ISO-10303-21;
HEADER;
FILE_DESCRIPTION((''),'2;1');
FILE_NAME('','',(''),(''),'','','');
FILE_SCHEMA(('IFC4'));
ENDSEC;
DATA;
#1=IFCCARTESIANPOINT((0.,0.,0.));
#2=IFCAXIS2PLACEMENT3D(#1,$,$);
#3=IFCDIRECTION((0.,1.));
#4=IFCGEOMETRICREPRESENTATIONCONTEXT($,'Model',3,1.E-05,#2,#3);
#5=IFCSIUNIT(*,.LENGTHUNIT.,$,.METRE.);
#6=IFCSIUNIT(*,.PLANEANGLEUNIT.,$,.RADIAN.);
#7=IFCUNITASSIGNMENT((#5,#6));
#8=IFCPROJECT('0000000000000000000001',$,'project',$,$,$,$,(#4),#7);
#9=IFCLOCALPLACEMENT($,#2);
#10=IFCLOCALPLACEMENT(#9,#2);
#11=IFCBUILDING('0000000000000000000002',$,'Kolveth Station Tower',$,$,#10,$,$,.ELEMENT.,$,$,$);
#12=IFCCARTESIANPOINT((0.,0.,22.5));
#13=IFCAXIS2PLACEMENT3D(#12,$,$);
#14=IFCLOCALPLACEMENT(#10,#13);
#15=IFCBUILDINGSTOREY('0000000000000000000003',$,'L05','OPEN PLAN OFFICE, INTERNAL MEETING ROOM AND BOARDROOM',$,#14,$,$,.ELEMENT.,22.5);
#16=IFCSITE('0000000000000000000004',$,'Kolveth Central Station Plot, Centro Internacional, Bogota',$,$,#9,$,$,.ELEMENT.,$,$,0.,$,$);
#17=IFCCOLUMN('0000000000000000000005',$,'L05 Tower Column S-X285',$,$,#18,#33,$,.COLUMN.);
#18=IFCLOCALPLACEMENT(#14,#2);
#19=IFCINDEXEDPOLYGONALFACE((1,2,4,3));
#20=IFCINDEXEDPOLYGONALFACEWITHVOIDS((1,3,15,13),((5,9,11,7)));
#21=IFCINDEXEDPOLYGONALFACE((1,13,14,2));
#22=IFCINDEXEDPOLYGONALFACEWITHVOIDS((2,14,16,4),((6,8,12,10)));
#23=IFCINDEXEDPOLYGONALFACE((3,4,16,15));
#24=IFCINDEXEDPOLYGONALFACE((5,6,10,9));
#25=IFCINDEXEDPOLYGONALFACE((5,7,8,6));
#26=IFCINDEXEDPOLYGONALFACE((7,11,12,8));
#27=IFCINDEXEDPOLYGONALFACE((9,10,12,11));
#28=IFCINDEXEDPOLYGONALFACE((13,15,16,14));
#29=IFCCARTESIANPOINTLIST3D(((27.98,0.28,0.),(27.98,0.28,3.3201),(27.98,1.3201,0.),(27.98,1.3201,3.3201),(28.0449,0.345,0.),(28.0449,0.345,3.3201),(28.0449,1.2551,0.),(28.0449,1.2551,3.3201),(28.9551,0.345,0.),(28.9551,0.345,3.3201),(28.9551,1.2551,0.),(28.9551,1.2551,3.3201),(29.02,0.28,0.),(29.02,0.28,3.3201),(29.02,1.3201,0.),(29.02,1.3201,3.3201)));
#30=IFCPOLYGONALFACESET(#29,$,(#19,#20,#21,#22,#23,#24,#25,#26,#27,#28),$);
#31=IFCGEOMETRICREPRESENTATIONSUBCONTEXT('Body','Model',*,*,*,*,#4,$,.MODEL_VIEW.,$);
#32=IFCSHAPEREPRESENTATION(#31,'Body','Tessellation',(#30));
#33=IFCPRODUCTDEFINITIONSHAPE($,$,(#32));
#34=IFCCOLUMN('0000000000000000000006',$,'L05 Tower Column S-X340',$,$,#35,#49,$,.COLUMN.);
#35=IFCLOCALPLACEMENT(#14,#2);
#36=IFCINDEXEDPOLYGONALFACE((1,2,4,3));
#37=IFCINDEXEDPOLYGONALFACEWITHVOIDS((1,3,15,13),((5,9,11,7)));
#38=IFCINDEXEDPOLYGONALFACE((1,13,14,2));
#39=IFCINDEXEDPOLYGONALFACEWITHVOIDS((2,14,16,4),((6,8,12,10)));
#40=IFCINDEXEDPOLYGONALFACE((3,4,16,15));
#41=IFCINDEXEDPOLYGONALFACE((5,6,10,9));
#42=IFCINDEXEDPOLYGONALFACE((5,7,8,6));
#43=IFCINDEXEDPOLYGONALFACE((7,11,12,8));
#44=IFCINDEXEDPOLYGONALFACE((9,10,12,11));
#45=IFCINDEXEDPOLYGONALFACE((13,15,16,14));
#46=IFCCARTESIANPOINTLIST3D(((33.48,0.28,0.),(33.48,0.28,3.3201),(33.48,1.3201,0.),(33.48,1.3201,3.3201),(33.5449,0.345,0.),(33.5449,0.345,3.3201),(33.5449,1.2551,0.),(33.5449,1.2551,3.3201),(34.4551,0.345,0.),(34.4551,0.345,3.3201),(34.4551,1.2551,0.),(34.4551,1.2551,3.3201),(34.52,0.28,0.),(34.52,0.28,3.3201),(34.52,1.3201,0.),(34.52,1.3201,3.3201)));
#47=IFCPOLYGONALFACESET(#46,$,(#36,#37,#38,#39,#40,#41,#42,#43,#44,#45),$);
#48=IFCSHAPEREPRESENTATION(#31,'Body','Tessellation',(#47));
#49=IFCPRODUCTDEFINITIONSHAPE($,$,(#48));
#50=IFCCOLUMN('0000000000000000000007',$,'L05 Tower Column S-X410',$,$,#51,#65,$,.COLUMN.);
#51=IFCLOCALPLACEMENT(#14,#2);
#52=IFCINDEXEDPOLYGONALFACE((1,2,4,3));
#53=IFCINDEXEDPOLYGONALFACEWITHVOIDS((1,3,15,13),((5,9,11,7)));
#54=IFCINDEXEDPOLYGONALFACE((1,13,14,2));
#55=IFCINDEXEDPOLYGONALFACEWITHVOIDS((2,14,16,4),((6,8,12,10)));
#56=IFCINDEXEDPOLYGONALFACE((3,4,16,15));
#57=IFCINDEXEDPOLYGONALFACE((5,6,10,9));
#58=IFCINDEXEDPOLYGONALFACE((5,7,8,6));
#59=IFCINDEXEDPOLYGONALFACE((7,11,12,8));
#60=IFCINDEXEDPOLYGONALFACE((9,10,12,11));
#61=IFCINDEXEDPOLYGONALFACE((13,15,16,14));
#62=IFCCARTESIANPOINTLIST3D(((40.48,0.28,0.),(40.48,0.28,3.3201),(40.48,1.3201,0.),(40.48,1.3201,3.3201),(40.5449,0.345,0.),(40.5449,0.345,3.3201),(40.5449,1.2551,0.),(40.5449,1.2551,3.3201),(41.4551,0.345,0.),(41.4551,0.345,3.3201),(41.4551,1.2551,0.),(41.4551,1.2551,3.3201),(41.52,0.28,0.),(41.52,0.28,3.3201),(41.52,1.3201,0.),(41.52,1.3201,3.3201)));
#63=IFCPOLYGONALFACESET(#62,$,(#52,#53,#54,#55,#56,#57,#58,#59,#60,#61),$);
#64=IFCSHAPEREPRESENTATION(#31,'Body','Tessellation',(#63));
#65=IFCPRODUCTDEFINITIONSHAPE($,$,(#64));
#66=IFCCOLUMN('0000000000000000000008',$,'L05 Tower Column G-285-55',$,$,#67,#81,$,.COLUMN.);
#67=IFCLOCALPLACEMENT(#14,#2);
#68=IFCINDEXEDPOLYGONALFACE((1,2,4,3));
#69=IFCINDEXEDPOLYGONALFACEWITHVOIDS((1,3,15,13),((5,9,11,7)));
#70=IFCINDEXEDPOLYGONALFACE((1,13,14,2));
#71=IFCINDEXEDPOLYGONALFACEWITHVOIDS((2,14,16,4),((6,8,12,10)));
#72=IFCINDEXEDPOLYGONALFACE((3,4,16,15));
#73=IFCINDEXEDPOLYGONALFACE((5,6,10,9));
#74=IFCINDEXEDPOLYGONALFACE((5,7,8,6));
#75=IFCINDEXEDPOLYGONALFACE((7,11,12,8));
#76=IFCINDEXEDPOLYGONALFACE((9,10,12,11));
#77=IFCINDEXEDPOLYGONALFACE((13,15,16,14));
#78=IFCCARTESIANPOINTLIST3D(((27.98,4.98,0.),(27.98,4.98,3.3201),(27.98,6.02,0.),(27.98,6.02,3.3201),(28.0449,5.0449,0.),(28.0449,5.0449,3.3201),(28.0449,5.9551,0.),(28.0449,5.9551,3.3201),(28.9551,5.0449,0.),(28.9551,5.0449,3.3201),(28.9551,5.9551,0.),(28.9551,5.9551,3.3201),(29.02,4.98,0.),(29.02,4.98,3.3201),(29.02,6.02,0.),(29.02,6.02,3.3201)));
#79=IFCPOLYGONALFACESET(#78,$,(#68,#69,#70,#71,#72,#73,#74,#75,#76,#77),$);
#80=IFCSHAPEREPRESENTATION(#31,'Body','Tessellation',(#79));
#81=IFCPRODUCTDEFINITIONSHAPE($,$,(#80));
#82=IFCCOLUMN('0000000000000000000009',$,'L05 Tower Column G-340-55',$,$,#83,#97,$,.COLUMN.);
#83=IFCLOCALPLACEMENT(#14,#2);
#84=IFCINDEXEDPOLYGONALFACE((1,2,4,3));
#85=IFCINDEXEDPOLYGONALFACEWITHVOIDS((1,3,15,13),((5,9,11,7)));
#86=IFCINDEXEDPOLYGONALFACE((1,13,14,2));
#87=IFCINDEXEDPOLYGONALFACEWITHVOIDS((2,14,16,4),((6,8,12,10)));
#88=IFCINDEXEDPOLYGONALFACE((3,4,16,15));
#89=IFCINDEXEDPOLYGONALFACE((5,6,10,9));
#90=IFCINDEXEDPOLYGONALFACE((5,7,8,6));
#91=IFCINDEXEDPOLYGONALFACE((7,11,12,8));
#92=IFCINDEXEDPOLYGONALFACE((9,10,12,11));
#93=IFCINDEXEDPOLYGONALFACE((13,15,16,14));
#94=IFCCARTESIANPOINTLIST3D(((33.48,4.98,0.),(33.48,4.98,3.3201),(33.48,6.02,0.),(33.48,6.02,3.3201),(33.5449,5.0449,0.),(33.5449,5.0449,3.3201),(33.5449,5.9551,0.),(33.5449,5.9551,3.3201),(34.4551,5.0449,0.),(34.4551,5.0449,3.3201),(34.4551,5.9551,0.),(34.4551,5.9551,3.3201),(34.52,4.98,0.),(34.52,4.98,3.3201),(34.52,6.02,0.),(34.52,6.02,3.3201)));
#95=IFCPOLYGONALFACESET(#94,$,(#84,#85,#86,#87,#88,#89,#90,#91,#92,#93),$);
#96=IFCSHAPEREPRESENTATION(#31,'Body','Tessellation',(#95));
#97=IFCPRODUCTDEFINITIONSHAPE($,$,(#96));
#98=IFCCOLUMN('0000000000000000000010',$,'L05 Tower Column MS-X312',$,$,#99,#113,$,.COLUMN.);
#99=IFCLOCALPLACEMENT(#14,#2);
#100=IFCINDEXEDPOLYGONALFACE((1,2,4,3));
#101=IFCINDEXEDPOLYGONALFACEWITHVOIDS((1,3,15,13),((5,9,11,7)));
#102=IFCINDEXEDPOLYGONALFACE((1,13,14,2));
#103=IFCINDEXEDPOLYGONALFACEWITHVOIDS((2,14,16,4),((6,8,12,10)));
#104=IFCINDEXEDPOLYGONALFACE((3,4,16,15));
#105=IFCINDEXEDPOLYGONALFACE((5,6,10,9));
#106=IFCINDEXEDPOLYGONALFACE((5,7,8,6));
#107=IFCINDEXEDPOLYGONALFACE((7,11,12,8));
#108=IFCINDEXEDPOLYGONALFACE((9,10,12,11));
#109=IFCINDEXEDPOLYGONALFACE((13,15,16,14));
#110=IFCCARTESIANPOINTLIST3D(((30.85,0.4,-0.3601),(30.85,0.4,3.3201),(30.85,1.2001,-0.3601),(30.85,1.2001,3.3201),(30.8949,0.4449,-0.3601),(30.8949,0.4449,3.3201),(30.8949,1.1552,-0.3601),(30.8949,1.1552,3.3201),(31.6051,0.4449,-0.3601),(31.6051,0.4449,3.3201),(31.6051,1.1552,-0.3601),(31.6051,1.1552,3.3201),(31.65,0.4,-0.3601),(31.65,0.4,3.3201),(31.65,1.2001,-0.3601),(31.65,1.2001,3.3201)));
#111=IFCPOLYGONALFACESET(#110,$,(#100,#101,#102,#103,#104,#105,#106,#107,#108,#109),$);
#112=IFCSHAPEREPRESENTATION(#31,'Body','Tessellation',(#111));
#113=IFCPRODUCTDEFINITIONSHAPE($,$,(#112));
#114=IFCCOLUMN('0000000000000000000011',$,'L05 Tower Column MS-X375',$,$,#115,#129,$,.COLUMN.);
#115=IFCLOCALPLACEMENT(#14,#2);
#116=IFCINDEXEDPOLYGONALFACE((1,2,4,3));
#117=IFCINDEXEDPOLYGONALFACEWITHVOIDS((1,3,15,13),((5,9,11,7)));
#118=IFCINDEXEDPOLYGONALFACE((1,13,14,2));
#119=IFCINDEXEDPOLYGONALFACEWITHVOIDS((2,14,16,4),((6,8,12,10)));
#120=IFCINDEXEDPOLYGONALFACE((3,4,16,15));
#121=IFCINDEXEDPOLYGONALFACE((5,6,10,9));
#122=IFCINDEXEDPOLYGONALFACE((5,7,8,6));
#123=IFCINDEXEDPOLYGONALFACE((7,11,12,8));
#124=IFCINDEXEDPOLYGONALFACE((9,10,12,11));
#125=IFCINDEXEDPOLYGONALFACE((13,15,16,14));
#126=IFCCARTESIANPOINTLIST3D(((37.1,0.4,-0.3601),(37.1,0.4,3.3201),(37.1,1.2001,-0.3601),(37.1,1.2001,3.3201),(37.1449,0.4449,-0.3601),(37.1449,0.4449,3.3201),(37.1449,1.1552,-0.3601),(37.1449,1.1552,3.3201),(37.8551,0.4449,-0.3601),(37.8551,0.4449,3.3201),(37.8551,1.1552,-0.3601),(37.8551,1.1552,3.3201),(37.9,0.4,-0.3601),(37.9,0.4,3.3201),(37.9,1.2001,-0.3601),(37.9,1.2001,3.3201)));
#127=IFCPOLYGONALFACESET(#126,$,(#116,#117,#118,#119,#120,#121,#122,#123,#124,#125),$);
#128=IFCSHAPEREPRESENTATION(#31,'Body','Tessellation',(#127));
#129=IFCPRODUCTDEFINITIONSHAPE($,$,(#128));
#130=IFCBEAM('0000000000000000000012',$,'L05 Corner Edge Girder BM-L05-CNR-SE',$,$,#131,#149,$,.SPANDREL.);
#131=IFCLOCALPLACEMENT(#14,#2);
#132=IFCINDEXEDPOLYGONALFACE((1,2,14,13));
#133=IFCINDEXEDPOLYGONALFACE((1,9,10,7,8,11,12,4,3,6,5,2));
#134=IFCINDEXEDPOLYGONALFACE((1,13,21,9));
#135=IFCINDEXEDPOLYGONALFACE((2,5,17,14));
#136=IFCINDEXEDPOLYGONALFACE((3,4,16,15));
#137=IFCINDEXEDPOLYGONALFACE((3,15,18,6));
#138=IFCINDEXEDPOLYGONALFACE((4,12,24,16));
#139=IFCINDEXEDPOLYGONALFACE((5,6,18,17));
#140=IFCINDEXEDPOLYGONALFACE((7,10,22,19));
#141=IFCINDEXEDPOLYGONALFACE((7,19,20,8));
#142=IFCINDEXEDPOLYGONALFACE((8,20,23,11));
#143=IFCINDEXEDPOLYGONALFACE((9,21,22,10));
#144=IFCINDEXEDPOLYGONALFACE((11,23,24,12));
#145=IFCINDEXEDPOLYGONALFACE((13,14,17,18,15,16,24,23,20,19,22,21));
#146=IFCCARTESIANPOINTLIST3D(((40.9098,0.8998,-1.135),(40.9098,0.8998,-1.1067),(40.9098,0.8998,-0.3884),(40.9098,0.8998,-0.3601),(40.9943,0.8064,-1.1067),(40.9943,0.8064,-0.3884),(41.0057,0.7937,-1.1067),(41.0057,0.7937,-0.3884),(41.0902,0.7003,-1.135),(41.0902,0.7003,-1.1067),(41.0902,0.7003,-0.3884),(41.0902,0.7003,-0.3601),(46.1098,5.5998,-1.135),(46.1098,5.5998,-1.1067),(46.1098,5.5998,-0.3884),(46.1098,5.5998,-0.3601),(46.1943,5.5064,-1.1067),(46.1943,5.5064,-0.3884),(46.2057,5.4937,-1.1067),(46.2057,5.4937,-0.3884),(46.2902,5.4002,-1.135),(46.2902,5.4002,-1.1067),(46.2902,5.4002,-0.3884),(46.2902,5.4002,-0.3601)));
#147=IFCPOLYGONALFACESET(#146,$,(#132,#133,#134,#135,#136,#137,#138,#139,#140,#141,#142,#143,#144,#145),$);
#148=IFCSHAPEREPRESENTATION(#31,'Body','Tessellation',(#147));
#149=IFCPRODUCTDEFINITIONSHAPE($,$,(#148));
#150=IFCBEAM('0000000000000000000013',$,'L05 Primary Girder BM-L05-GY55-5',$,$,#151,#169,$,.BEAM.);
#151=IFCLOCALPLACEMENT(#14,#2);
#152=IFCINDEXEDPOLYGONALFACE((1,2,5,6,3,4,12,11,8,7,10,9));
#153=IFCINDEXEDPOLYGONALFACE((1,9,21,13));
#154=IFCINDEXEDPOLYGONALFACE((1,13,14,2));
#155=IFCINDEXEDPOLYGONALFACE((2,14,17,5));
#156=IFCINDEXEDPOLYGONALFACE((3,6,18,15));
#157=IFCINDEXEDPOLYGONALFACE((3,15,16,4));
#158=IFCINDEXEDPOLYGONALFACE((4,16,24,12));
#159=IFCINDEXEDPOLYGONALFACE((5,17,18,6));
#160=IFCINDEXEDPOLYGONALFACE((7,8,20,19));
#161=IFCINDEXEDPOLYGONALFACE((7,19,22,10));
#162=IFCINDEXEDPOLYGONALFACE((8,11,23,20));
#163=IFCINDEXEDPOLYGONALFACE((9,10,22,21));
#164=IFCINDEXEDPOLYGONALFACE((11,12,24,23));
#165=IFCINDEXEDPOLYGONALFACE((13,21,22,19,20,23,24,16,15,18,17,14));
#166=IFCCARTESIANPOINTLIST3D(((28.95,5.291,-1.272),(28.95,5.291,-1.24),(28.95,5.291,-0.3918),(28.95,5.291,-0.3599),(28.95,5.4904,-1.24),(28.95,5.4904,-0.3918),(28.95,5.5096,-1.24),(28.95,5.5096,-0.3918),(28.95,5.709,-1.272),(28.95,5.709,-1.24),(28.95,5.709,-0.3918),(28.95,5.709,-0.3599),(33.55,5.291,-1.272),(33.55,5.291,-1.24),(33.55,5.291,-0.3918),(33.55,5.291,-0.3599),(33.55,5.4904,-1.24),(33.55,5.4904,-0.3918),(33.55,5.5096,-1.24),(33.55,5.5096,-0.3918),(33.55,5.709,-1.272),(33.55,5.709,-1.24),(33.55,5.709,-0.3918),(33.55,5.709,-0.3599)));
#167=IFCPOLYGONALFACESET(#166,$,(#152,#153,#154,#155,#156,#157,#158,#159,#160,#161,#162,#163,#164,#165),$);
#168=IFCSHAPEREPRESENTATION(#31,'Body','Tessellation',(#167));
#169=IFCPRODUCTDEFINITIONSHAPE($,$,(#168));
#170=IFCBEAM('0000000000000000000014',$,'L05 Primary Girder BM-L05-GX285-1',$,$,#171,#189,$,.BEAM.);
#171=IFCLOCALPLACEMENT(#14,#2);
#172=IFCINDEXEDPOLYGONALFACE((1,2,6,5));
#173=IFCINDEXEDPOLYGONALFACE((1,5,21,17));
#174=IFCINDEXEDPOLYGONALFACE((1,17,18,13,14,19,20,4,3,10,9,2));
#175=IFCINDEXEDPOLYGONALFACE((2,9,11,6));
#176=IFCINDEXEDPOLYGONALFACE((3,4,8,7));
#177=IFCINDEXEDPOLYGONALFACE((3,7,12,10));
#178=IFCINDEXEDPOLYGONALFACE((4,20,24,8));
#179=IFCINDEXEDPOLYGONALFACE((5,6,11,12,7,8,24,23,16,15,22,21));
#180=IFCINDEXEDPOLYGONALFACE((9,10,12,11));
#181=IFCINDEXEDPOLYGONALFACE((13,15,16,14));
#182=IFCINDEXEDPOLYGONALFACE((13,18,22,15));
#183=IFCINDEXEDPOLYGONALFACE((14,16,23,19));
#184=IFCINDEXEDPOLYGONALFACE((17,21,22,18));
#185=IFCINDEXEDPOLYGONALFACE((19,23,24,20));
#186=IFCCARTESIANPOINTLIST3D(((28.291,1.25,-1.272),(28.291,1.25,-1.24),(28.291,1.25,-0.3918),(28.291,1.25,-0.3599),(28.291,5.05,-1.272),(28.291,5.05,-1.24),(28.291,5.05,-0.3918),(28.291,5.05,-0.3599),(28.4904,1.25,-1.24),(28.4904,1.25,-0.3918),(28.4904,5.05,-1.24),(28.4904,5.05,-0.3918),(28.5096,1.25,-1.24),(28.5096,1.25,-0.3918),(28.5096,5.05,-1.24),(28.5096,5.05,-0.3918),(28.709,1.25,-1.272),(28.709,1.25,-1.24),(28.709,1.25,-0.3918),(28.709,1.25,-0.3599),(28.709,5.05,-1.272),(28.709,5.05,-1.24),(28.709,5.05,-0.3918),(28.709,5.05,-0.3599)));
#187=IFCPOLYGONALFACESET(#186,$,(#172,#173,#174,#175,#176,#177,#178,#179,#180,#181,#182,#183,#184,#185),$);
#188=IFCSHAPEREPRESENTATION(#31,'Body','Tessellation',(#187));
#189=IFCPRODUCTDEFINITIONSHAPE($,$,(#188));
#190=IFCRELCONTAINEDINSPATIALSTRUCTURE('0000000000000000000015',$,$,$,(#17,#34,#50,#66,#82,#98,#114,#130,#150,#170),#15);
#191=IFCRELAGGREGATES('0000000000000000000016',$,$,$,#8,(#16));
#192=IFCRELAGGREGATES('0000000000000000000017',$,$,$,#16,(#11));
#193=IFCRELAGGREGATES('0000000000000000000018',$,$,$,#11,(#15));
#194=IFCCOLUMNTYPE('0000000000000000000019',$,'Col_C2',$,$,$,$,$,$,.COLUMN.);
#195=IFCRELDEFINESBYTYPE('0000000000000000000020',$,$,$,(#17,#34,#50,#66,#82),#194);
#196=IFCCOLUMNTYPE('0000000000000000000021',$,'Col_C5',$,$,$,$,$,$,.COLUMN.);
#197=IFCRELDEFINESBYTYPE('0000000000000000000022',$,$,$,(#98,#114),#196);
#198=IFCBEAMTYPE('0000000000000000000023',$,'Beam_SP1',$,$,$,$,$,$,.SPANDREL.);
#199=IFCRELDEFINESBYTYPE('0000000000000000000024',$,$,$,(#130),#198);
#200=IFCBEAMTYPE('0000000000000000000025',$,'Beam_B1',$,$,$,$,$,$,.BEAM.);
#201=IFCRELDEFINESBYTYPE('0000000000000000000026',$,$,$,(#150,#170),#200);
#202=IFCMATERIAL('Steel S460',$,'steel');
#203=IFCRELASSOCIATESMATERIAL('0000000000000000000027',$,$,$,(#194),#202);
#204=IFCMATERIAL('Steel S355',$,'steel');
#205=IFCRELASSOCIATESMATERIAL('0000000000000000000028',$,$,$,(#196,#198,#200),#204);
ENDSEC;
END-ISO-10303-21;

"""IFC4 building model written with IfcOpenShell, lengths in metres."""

from ifc_helpers import new_model, si_unit, direction, frame, origin, origin_2d, place, context, subcontext, project, spatial, hollow_rectangle, i_section, extrude, source, transform, mapped, material, material_profile, profile_set, type_object, element, save


model = new_model("IFC4")

# Units and contexts
model_context = context("Model", 3, precision=1e-05, world=origin(), true_north=direction((0.0, 1.0)))
body_context = subcontext(model_context, "Body", "Model", "MODEL_VIEW")
ifc_project = project(units=[si_unit("LENGTHUNIT", "METRE"), si_unit("PLANEANGLEUNIT", "RADIAN")], contexts=[model_context])

# Site, building, storey
site_placement = place(None, origin())
site = spatial("IfcSite", under=ifc_project, at=site_placement, Name="Kolveth Central Station Plot, Centro Internacional, Bogota", CompositionType="ELEMENT", RefElevation=0.0)
building_placement = place(site_placement, origin())
building = spatial("IfcBuilding", under=site, at=building_placement, Name="Kolveth Station Tower", CompositionType="ELEMENT")
storey_placement = place(building_placement, frame((0.0, 0.0, 22.5)))
storey = spatial("IfcBuildingStorey", under=building, at=storey_placement, Name="L05", Description="OPEN PLAN OFFICE, INTERNAL MEETING ROOM AND BOARDROOM", CompositionType="ELEMENT", Elevation=22.5)

# Columns
ifc_material_1 = material(Name="Steel S460", Category="steel")
ifc_material_profile_1 = material_profile(ifc_material_1, hollow_rectangle(XDim=1.04, YDim=1.04, WallThickness=0.0649, at=origin_2d()), Name="BOX1040x1040x65")
ifc_profile_set_1 = profile_set([ifc_material_profile_1], Name="Steel S460")
column_type_1 = type_object("IfcColumnType", Name="Col_C2", PredefinedType="COLUMN", material=ifc_profile_set_1)
shared_shape_1 = source(origin(), body_context, "Body", "SweptSolid", [
    extrude(hollow_rectangle(XDim=1.04, YDim=1.04, WallThickness=0.0649, at=origin_2d()), origin(), (0.0, 0.0, 1.0), 3.3201),
])
for number, where, z_axis, x_axis, name in (
    (1, (28.5, 0.8, 0.0), (0.0, 0.0, 1.0), (1.0, 0.0, 0.0), "L05 Tower Column S-X285"),
    (2, (34.0, 0.8, 0.0), (0.0, 0.0, 1.0), (1.0, 0.0, 0.0), "L05 Tower Column S-X340"),
    (3, (41.0, 0.8, 0.0), (0.0, 0.0, 1.0), (1.0, 0.0, 0.0), "L05 Tower Column S-X410"),
    (4, (28.5, 5.5, 0.0), (0.0, 0.0, 1.0), (1.0, 0.0, 0.0), "L05 Tower Column G-285-55"),
    (5, (34.0, 5.5, 0.0), (0.0, 0.0, 1.0), (1.0, 0.0, 0.0), "L05 Tower Column G-340-55"),
):
    element("IfcColumn", number, at=place(storey_placement, frame(where, z_axis=z_axis, x_axis=x_axis)), inside=storey, type_object=column_type_1, Name=name, PredefinedType="COLUMN", context=body_context, shape_type="MappedRepresentation", body=[
        mapped(shared_shape_1, transform((0.0, 0.0, 0.0), x_axis=(1.0, 0.0, 0.0), y_axis=(0.0, 1.0, 0.0), z_axis=(0.0, 0.0, 1.0), scale=1.0)),
    ])
ifc_material_2 = material(Name="Steel S355", Category="steel")
ifc_material_profile_2 = material_profile(ifc_material_2, hollow_rectangle(XDim=0.8, YDim=0.8, WallThickness=0.0449, at=origin_2d()), Name="BOX800x800x45")
ifc_profile_set_2 = profile_set([ifc_material_profile_2], Name="Steel S355")
column_type_2 = type_object("IfcColumnType", Name="Col_C5", PredefinedType="COLUMN", material=ifc_profile_set_2)
shared_shape_2 = source(origin(), body_context, "Body", "SweptSolid", [
    extrude(hollow_rectangle(XDim=0.8, YDim=0.8, WallThickness=0.0449, at=origin_2d()), origin(), (0.0, 0.0, 1.0), 3.6802),
])
for number, where, z_axis, x_axis, name in (
    (6, (31.25, 0.8, -0.3601), (0.0, 0.0, 1.0), (1.0, 0.0, 0.0), "L05 Tower Column MS-X312"),
    (7, (37.5, 0.8, -0.3601), (0.0, 0.0, 1.0), (1.0, 0.0, 0.0), "L05 Tower Column MS-X375"),
):
    element("IfcColumn", number, at=place(storey_placement, frame(where, z_axis=z_axis, x_axis=x_axis)), inside=storey, type_object=column_type_2, Name=name, PredefinedType="COLUMN", context=body_context, shape_type="MappedRepresentation", body=[
        mapped(shared_shape_2, transform((0.0, 0.0, 0.0), x_axis=(1.0, 0.0, 0.0), y_axis=(0.0, 1.0, 0.0), z_axis=(0.0, 0.0, 1.0), scale=1.0)),
    ])

# Beams
ifc_material_profile_3 = material_profile(ifc_material_2, i_section(OverallWidth=0.269, OverallDepth=0.7749, WebThickness=0.0171, FlangeThickness=0.0283, at=origin_2d()), Name="W760x220")
ifc_profile_set_3 = profile_set([ifc_material_profile_3], Name="Steel S355")
beam_type_1 = type_object("IfcBeamType", Name="Beam_SP1", PredefinedType="SPANDREL", material=ifc_profile_set_3)
shared_shape_3 = source(origin(), body_context, "Body", "SweptSolid", [
    extrude(i_section(OverallWidth=0.269, OverallDepth=0.7749, WebThickness=0.0171, FlangeThickness=0.0283, at=origin_2d()), origin(), (0.0, 0.0, 1.0), 7.0093),
])
beam_1_placement = place(storey_placement, frame((41.0, 0.8, -0.7476), z_axis=(0.741874, 0.670539, 0.0), x_axis=(-0.670539, 0.741874, 0.0)))
element("IfcBeam", 8, at=beam_1_placement, inside=storey, type_object=beam_type_1, Name="L05 Corner Edge Girder BM-L05-CNR-SE", PredefinedType="SPANDREL", context=body_context, shape_type="MappedRepresentation", body=[
    mapped(shared_shape_3, transform((0.0, 0.0, 0.0), x_axis=(1.0, 0.0, 0.0), y_axis=(0.0, 1.0, 0.0), z_axis=(0.0, 0.0, 1.0), scale=1.0)),
])
ifc_material_profile_4 = material_profile(ifc_material_2, i_section(OverallWidth=0.418, OverallDepth=0.9121, WebThickness=0.0193, FlangeThickness=0.032, at=origin_2d()), Name="W920x342")
ifc_profile_set_4 = profile_set([ifc_material_profile_4], Name="Steel S355")
beam_type_2 = type_object("IfcBeamType", Name="Beam_B1", PredefinedType="BEAM", material=ifc_profile_set_4)
shared_shape_4 = source(origin(), body_context, "Body", "SweptSolid", [
    extrude(i_section(OverallWidth=0.418, OverallDepth=0.9121, WebThickness=0.0193, FlangeThickness=0.032, at=origin_2d()), origin(), (0.0, 0.0, 1.0), 4.6001),
])
beam_2_placement = place(storey_placement, frame((28.95, 5.5, -0.8159), z_axis=(1.0, 0.0, 0.0), x_axis=(0.0, 1.0, 0.0)))
element("IfcBeam", 9, at=beam_2_placement, inside=storey, type_object=beam_type_2, Name="L05 Primary Girder BM-L05-GY55-5", PredefinedType="BEAM", context=body_context, shape_type="MappedRepresentation", body=[
    mapped(shared_shape_4, transform((0.0, 0.0, 0.0), x_axis=(1.0, 0.0, 0.0), y_axis=(0.0, 1.0, 0.0), z_axis=(0.0, 0.0, 1.0), scale=1.0)),
])
shared_shape_5 = source(origin(), body_context, "Body", "SweptSolid", [
    extrude(i_section(OverallWidth=0.418, OverallDepth=0.9121, WebThickness=0.0193, FlangeThickness=0.032, at=origin_2d()), origin(), (0.0, 0.0, 1.0), 3.8),
])
for number, where, z_axis, x_axis, name in (
    (10, (28.5, 1.25, -0.8159), (0.0, 1.0, 0.0), (-1.0, 0.0, 0.0), "L05 Primary Girder BM-L05-GX285-1"),
):
    element("IfcBeam", number, at=place(storey_placement, frame(where, z_axis=z_axis, x_axis=x_axis)), inside=storey, type_object=beam_type_2, Name=name, PredefinedType="BEAM", context=body_context, shape_type="MappedRepresentation", body=[
        mapped(shared_shape_5, transform((0.0, 0.0, 0.0), x_axis=(1.0, 0.0, 0.0), y_axis=(0.0, 1.0, 0.0), z_axis=(0.0, 0.0, 1.0), scale=1.0)),
    ])

save(model, "model.ifc")
